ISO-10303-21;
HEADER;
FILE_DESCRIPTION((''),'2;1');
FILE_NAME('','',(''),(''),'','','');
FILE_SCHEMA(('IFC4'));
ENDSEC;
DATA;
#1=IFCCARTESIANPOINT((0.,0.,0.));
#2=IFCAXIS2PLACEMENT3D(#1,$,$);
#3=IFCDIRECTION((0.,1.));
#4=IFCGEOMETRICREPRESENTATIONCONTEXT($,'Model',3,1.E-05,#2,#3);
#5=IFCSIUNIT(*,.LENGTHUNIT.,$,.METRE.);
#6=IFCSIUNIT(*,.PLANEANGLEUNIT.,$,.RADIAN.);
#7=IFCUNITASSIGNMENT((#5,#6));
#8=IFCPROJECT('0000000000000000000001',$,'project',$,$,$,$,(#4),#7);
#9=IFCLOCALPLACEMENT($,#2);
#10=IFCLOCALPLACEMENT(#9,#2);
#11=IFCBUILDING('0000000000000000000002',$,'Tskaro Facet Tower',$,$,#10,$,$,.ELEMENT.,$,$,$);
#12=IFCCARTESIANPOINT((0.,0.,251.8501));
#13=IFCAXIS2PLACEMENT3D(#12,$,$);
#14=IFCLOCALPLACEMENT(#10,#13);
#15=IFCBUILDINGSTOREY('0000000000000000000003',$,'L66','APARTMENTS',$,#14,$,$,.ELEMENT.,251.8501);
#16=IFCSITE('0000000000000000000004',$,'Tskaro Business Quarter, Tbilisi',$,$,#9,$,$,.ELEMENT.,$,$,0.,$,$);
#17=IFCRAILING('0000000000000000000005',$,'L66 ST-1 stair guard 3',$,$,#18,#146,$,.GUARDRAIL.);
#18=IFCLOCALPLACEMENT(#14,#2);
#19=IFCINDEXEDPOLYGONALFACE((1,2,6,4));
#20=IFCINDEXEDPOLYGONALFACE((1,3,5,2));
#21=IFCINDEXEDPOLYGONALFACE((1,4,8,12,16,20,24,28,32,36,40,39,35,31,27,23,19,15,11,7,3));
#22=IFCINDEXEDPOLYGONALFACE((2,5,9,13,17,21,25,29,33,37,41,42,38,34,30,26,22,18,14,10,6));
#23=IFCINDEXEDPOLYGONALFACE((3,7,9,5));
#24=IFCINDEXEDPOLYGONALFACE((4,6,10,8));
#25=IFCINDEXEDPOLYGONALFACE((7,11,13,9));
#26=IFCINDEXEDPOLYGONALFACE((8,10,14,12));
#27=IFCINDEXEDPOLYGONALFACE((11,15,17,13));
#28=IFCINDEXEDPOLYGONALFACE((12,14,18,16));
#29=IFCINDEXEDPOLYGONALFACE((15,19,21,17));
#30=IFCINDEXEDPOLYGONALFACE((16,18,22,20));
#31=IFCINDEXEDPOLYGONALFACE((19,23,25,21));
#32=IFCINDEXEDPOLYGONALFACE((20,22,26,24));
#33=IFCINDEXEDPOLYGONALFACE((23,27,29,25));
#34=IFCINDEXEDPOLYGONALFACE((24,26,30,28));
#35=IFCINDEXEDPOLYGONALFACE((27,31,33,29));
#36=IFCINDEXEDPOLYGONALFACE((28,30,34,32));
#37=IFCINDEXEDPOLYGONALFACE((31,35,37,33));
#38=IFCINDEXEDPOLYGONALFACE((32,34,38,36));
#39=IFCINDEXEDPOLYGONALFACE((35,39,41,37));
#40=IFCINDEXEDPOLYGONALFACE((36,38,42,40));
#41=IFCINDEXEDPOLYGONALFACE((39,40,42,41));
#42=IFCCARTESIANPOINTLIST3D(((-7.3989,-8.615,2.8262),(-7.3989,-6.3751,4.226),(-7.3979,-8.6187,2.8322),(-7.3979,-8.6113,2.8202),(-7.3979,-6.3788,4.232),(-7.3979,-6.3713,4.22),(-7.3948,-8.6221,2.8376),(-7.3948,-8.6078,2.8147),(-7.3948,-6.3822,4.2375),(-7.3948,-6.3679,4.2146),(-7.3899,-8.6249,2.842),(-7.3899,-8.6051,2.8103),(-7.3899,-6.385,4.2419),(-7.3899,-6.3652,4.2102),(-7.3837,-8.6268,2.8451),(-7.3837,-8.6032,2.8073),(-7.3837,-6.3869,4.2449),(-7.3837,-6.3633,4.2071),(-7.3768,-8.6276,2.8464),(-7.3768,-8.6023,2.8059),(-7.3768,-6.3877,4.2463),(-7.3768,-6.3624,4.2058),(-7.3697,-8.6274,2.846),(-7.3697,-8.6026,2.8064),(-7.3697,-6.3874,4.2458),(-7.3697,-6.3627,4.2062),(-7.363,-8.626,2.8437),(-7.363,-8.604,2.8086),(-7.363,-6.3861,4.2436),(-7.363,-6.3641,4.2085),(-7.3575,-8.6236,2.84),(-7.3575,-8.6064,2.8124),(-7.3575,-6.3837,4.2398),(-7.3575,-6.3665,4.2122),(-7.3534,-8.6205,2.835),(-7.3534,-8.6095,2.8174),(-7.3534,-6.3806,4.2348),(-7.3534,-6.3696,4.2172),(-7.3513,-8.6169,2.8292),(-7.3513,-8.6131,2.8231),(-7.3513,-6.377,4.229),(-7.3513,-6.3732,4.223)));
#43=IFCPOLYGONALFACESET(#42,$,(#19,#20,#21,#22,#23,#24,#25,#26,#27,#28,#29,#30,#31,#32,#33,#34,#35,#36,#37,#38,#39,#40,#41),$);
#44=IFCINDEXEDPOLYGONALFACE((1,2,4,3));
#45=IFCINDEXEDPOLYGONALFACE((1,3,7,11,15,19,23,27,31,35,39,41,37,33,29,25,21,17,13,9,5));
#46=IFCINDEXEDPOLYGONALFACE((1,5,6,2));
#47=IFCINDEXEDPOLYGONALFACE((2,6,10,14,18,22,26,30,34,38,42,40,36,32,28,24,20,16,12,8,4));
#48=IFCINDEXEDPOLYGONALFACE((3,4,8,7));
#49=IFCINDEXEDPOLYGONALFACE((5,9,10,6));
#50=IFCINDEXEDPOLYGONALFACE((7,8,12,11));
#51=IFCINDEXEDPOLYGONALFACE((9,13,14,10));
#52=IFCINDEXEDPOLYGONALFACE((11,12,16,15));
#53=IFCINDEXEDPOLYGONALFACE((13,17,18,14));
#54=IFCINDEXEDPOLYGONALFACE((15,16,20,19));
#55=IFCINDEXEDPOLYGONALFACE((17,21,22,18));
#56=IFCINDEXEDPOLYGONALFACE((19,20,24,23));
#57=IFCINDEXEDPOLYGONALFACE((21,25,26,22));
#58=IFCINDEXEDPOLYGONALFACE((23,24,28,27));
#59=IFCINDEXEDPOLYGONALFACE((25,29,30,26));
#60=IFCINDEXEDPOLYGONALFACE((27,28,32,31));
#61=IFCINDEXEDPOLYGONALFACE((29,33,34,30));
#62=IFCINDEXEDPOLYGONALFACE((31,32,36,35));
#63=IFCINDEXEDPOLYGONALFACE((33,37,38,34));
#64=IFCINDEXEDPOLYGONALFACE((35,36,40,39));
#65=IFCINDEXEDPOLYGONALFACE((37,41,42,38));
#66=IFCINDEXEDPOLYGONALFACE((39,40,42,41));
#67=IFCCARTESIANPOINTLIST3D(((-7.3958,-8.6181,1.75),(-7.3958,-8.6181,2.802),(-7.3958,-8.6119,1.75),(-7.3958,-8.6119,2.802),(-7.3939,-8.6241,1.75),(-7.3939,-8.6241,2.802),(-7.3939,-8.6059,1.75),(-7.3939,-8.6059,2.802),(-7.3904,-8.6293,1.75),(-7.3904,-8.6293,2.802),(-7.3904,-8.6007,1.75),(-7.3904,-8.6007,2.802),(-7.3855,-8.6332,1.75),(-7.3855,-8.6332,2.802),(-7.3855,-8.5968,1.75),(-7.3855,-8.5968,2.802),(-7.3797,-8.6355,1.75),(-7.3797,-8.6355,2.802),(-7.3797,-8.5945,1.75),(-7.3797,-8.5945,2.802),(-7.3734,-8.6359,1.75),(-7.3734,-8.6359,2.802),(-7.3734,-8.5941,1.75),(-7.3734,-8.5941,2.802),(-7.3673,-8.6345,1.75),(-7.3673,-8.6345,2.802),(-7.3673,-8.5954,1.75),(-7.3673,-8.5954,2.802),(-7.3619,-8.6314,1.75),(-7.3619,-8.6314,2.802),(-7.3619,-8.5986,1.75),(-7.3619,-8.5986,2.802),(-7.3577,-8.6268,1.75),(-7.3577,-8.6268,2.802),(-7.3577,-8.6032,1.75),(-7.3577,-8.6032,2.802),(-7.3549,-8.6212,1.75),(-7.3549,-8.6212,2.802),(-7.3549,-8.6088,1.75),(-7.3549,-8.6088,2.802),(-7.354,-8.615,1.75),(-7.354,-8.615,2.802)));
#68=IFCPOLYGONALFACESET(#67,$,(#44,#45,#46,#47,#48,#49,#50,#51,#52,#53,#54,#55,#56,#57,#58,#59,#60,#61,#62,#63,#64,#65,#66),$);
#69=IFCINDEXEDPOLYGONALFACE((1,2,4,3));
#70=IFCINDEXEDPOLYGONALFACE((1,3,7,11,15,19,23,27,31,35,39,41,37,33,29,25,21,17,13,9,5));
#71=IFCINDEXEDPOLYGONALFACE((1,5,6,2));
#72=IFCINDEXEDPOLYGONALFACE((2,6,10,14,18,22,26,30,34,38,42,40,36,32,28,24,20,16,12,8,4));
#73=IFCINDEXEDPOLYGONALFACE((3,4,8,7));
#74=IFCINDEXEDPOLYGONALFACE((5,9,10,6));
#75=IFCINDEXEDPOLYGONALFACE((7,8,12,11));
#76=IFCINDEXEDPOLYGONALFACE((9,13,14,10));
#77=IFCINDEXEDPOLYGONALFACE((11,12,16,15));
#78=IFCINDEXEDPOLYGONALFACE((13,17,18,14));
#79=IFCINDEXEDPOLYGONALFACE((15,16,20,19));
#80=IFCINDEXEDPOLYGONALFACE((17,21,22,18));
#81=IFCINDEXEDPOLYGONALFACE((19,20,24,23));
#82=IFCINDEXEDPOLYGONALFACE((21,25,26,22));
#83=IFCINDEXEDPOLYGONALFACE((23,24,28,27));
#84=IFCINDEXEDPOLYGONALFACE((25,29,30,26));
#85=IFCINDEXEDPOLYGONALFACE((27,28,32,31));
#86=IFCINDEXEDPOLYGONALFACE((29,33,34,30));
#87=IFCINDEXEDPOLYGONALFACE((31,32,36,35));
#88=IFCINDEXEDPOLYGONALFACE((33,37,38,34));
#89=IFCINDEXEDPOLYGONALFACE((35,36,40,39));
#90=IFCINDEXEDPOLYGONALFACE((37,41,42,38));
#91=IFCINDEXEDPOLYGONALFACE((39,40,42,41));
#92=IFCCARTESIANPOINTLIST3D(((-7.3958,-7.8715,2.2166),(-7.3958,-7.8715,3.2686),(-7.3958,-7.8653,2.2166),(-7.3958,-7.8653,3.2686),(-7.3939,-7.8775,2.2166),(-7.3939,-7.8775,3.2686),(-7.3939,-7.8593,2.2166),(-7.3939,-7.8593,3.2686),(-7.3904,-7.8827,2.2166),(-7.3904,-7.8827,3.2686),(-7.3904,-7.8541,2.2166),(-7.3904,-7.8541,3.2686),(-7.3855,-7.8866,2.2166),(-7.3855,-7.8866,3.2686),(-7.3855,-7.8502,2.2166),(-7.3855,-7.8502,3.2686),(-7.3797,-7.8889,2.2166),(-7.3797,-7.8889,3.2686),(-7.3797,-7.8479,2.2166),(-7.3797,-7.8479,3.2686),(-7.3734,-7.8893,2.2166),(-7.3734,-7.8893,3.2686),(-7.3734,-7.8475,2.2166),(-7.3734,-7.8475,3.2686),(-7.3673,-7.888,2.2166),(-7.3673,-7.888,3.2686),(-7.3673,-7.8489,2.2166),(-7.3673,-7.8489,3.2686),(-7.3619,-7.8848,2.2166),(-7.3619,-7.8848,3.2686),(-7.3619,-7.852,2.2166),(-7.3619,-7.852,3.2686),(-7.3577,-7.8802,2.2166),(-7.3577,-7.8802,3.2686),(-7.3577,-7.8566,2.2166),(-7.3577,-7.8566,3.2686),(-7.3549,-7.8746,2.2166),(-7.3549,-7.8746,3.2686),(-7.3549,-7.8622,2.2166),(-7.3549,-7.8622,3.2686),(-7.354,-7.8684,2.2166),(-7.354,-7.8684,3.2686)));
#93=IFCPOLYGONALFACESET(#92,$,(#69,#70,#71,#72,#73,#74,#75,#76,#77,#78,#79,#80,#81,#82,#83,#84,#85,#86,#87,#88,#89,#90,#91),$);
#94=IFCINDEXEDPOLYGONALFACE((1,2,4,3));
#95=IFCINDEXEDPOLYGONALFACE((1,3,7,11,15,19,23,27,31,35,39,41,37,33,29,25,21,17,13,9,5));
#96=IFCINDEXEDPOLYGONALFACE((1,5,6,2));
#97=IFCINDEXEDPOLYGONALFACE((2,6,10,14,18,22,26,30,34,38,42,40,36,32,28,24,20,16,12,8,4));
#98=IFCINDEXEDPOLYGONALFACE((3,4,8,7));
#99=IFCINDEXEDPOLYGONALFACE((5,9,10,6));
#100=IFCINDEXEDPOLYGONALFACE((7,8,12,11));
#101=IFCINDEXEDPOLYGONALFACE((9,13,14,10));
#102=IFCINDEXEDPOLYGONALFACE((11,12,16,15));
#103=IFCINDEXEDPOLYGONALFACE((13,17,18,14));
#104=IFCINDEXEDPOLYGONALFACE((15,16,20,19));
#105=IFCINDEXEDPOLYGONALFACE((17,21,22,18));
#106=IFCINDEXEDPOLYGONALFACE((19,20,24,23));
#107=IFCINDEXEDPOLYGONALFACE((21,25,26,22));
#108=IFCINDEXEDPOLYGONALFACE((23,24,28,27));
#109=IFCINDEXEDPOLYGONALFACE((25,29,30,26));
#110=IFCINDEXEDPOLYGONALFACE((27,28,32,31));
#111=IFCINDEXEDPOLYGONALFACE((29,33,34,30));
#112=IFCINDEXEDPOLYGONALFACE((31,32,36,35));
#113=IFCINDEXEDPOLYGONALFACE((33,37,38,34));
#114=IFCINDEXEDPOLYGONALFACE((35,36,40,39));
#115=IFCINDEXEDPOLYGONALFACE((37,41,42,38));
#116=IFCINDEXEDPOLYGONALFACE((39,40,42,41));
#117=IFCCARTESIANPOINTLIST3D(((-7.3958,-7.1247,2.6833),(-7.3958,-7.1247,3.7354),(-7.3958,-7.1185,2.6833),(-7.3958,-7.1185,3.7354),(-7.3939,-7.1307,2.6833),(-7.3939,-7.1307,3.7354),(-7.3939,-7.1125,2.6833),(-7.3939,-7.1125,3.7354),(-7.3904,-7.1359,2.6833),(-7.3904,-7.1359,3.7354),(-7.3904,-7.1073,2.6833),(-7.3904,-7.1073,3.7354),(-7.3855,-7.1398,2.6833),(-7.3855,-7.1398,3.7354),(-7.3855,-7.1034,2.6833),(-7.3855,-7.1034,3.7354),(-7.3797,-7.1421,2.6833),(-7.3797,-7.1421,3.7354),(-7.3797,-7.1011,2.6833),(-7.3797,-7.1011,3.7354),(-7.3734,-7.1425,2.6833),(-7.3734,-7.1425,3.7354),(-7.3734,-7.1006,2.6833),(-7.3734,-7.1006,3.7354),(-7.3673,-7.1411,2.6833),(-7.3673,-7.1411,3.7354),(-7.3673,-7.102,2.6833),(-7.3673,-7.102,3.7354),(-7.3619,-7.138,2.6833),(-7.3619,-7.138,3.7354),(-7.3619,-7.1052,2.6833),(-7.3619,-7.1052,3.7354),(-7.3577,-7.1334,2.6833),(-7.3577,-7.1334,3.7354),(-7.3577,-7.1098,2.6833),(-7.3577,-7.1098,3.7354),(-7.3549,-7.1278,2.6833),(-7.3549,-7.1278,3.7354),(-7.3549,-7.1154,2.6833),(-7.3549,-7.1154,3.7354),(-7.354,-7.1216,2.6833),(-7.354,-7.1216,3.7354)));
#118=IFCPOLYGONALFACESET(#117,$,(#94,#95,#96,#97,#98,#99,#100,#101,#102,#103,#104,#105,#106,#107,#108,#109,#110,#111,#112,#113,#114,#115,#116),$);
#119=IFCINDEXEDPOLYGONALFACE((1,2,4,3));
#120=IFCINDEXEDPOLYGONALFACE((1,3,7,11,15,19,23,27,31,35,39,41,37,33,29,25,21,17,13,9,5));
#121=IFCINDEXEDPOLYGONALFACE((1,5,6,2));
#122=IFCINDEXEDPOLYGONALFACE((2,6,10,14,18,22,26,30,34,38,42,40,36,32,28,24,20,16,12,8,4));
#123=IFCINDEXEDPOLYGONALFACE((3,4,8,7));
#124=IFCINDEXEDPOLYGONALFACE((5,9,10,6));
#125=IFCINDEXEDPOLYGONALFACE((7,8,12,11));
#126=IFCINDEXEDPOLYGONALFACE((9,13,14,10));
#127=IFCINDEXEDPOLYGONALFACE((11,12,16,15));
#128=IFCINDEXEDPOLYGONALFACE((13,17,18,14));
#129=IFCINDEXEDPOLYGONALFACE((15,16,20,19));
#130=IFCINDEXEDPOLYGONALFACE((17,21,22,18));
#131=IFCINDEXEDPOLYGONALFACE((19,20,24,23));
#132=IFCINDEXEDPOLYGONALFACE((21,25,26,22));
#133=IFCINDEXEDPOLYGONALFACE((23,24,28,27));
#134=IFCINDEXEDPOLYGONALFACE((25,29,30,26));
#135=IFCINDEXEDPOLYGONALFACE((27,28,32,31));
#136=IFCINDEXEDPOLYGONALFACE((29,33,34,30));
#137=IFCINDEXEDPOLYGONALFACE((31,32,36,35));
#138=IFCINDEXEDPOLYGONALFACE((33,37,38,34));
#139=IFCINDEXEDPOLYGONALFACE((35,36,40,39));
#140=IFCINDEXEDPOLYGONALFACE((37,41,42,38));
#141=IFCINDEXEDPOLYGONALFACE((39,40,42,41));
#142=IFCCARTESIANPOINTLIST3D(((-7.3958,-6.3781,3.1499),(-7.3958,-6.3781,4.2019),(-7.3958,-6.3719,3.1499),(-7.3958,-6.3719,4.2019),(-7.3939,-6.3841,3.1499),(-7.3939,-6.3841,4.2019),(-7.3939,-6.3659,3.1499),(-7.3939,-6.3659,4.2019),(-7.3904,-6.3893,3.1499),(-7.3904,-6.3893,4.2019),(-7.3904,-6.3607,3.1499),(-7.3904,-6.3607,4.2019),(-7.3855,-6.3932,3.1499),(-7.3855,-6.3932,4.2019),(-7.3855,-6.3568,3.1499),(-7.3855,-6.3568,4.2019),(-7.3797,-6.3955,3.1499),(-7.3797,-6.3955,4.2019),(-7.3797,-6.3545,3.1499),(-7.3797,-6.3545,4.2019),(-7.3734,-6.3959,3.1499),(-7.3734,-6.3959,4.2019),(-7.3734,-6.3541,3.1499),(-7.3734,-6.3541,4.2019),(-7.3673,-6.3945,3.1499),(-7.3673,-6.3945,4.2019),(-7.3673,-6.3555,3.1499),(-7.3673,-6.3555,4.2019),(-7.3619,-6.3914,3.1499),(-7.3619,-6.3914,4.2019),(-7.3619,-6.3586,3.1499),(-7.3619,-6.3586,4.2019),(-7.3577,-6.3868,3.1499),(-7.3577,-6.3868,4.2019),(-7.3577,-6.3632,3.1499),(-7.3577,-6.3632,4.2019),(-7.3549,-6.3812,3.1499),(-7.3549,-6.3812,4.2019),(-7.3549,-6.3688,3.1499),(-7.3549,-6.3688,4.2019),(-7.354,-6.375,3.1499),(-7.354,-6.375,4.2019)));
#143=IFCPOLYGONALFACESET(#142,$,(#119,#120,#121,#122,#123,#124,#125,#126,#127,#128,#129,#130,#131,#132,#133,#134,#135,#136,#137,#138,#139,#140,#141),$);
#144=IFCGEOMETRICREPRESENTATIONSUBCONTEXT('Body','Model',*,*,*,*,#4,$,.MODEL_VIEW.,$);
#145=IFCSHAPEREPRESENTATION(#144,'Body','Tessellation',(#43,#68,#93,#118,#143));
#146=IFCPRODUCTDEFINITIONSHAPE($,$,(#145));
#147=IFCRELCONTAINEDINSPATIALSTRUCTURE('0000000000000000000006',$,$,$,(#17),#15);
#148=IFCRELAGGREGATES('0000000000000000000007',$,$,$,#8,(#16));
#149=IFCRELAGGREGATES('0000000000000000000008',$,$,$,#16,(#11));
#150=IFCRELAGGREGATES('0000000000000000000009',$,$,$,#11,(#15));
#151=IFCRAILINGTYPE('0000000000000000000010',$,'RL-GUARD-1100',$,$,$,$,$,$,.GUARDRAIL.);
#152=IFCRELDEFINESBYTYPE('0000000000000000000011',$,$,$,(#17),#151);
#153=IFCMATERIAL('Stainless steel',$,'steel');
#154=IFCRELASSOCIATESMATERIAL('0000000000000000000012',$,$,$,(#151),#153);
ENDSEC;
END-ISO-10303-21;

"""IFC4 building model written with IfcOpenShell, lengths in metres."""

from ifc_helpers import new_model, si_unit, direction, frame, origin, origin_2d, place, context, subcontext, project, spatial, circle, extrude, material, type_object, element, save


model = new_model("IFC4")

# Units and contexts
model_context = context("Model", 3, precision=1e-05, world=origin(), true_north=direction((0.0, 1.0)))
body_context = subcontext(model_context, "Body", "Model", "MODEL_VIEW")
ifc_project = project(units=[si_unit("LENGTHUNIT", "METRE"), si_unit("PLANEANGLEUNIT", "RADIAN")], contexts=[model_context])

# Site, building, storey
site_placement = place(None, origin())
site = spatial("IfcSite", under=ifc_project, at=site_placement, Name="Tskaro Business Quarter, Tbilisi", CompositionType="ELEMENT", RefElevation=0.0)
building_placement = place(site_placement, origin())
building = spatial("IfcBuilding", under=site, at=building_placement, Name="Tskaro Facet Tower", CompositionType="ELEMENT")
storey_placement = place(building_placement, frame((0.0, 0.0, 251.8501)))
storey = spatial("IfcBuildingStorey", under=building, at=storey_placement, Name="L66", Description="APARTMENTS", CompositionType="ELEMENT", Elevation=251.8501)

# Shared definitions
ifc_material_1 = material(Name="Stainless steel", Category="steel")

# Railing
railing_type_1 = type_object("IfcRailingType", Name="RL-GUARD-1100", PredefinedType="GUARDRAIL", material=ifc_material_1)
railing_1_placement = place(storey_placement, frame((-7.375, -8.615, 1.75)))
element("IfcRailing", 1, at=railing_1_placement, inside=storey, type_object=railing_type_1, Name="L66 ST-1 stair guard 3", PredefinedType="GUARDRAIL", context=body_context, shape_type="SweptSolid", body=[
    extrude(circle(Radius=0.0239, at=origin_2d()), frame((0.0, 0.0, 1.0762), z_axis=(0.0, 0.848014, 0.529974), x_axis=(-1.0, 0.0, 0.0)), (0.0, 0.0, 1.0), 2.6414),
    extrude(circle(Radius=0.021, at=origin_2d()), origin(), (0.0, 0.0, 1.0), 1.052),
    extrude(circle(Radius=0.021, at=origin_2d()), frame((0.0, 0.7466, 0.4666)), (0.0, 0.0, 1.0), 1.052),
    extrude(circle(Radius=0.021, at=origin_2d()), frame((0.0, 1.4934, 0.9333)), (0.0, 0.0, 1.0), 1.052),
    extrude(circle(Radius=0.021, at=origin_2d()), frame((0.0, 2.24, 1.3999)), (0.0, 0.0, 1.0), 1.052),
])

save(model, "model.ifc")
